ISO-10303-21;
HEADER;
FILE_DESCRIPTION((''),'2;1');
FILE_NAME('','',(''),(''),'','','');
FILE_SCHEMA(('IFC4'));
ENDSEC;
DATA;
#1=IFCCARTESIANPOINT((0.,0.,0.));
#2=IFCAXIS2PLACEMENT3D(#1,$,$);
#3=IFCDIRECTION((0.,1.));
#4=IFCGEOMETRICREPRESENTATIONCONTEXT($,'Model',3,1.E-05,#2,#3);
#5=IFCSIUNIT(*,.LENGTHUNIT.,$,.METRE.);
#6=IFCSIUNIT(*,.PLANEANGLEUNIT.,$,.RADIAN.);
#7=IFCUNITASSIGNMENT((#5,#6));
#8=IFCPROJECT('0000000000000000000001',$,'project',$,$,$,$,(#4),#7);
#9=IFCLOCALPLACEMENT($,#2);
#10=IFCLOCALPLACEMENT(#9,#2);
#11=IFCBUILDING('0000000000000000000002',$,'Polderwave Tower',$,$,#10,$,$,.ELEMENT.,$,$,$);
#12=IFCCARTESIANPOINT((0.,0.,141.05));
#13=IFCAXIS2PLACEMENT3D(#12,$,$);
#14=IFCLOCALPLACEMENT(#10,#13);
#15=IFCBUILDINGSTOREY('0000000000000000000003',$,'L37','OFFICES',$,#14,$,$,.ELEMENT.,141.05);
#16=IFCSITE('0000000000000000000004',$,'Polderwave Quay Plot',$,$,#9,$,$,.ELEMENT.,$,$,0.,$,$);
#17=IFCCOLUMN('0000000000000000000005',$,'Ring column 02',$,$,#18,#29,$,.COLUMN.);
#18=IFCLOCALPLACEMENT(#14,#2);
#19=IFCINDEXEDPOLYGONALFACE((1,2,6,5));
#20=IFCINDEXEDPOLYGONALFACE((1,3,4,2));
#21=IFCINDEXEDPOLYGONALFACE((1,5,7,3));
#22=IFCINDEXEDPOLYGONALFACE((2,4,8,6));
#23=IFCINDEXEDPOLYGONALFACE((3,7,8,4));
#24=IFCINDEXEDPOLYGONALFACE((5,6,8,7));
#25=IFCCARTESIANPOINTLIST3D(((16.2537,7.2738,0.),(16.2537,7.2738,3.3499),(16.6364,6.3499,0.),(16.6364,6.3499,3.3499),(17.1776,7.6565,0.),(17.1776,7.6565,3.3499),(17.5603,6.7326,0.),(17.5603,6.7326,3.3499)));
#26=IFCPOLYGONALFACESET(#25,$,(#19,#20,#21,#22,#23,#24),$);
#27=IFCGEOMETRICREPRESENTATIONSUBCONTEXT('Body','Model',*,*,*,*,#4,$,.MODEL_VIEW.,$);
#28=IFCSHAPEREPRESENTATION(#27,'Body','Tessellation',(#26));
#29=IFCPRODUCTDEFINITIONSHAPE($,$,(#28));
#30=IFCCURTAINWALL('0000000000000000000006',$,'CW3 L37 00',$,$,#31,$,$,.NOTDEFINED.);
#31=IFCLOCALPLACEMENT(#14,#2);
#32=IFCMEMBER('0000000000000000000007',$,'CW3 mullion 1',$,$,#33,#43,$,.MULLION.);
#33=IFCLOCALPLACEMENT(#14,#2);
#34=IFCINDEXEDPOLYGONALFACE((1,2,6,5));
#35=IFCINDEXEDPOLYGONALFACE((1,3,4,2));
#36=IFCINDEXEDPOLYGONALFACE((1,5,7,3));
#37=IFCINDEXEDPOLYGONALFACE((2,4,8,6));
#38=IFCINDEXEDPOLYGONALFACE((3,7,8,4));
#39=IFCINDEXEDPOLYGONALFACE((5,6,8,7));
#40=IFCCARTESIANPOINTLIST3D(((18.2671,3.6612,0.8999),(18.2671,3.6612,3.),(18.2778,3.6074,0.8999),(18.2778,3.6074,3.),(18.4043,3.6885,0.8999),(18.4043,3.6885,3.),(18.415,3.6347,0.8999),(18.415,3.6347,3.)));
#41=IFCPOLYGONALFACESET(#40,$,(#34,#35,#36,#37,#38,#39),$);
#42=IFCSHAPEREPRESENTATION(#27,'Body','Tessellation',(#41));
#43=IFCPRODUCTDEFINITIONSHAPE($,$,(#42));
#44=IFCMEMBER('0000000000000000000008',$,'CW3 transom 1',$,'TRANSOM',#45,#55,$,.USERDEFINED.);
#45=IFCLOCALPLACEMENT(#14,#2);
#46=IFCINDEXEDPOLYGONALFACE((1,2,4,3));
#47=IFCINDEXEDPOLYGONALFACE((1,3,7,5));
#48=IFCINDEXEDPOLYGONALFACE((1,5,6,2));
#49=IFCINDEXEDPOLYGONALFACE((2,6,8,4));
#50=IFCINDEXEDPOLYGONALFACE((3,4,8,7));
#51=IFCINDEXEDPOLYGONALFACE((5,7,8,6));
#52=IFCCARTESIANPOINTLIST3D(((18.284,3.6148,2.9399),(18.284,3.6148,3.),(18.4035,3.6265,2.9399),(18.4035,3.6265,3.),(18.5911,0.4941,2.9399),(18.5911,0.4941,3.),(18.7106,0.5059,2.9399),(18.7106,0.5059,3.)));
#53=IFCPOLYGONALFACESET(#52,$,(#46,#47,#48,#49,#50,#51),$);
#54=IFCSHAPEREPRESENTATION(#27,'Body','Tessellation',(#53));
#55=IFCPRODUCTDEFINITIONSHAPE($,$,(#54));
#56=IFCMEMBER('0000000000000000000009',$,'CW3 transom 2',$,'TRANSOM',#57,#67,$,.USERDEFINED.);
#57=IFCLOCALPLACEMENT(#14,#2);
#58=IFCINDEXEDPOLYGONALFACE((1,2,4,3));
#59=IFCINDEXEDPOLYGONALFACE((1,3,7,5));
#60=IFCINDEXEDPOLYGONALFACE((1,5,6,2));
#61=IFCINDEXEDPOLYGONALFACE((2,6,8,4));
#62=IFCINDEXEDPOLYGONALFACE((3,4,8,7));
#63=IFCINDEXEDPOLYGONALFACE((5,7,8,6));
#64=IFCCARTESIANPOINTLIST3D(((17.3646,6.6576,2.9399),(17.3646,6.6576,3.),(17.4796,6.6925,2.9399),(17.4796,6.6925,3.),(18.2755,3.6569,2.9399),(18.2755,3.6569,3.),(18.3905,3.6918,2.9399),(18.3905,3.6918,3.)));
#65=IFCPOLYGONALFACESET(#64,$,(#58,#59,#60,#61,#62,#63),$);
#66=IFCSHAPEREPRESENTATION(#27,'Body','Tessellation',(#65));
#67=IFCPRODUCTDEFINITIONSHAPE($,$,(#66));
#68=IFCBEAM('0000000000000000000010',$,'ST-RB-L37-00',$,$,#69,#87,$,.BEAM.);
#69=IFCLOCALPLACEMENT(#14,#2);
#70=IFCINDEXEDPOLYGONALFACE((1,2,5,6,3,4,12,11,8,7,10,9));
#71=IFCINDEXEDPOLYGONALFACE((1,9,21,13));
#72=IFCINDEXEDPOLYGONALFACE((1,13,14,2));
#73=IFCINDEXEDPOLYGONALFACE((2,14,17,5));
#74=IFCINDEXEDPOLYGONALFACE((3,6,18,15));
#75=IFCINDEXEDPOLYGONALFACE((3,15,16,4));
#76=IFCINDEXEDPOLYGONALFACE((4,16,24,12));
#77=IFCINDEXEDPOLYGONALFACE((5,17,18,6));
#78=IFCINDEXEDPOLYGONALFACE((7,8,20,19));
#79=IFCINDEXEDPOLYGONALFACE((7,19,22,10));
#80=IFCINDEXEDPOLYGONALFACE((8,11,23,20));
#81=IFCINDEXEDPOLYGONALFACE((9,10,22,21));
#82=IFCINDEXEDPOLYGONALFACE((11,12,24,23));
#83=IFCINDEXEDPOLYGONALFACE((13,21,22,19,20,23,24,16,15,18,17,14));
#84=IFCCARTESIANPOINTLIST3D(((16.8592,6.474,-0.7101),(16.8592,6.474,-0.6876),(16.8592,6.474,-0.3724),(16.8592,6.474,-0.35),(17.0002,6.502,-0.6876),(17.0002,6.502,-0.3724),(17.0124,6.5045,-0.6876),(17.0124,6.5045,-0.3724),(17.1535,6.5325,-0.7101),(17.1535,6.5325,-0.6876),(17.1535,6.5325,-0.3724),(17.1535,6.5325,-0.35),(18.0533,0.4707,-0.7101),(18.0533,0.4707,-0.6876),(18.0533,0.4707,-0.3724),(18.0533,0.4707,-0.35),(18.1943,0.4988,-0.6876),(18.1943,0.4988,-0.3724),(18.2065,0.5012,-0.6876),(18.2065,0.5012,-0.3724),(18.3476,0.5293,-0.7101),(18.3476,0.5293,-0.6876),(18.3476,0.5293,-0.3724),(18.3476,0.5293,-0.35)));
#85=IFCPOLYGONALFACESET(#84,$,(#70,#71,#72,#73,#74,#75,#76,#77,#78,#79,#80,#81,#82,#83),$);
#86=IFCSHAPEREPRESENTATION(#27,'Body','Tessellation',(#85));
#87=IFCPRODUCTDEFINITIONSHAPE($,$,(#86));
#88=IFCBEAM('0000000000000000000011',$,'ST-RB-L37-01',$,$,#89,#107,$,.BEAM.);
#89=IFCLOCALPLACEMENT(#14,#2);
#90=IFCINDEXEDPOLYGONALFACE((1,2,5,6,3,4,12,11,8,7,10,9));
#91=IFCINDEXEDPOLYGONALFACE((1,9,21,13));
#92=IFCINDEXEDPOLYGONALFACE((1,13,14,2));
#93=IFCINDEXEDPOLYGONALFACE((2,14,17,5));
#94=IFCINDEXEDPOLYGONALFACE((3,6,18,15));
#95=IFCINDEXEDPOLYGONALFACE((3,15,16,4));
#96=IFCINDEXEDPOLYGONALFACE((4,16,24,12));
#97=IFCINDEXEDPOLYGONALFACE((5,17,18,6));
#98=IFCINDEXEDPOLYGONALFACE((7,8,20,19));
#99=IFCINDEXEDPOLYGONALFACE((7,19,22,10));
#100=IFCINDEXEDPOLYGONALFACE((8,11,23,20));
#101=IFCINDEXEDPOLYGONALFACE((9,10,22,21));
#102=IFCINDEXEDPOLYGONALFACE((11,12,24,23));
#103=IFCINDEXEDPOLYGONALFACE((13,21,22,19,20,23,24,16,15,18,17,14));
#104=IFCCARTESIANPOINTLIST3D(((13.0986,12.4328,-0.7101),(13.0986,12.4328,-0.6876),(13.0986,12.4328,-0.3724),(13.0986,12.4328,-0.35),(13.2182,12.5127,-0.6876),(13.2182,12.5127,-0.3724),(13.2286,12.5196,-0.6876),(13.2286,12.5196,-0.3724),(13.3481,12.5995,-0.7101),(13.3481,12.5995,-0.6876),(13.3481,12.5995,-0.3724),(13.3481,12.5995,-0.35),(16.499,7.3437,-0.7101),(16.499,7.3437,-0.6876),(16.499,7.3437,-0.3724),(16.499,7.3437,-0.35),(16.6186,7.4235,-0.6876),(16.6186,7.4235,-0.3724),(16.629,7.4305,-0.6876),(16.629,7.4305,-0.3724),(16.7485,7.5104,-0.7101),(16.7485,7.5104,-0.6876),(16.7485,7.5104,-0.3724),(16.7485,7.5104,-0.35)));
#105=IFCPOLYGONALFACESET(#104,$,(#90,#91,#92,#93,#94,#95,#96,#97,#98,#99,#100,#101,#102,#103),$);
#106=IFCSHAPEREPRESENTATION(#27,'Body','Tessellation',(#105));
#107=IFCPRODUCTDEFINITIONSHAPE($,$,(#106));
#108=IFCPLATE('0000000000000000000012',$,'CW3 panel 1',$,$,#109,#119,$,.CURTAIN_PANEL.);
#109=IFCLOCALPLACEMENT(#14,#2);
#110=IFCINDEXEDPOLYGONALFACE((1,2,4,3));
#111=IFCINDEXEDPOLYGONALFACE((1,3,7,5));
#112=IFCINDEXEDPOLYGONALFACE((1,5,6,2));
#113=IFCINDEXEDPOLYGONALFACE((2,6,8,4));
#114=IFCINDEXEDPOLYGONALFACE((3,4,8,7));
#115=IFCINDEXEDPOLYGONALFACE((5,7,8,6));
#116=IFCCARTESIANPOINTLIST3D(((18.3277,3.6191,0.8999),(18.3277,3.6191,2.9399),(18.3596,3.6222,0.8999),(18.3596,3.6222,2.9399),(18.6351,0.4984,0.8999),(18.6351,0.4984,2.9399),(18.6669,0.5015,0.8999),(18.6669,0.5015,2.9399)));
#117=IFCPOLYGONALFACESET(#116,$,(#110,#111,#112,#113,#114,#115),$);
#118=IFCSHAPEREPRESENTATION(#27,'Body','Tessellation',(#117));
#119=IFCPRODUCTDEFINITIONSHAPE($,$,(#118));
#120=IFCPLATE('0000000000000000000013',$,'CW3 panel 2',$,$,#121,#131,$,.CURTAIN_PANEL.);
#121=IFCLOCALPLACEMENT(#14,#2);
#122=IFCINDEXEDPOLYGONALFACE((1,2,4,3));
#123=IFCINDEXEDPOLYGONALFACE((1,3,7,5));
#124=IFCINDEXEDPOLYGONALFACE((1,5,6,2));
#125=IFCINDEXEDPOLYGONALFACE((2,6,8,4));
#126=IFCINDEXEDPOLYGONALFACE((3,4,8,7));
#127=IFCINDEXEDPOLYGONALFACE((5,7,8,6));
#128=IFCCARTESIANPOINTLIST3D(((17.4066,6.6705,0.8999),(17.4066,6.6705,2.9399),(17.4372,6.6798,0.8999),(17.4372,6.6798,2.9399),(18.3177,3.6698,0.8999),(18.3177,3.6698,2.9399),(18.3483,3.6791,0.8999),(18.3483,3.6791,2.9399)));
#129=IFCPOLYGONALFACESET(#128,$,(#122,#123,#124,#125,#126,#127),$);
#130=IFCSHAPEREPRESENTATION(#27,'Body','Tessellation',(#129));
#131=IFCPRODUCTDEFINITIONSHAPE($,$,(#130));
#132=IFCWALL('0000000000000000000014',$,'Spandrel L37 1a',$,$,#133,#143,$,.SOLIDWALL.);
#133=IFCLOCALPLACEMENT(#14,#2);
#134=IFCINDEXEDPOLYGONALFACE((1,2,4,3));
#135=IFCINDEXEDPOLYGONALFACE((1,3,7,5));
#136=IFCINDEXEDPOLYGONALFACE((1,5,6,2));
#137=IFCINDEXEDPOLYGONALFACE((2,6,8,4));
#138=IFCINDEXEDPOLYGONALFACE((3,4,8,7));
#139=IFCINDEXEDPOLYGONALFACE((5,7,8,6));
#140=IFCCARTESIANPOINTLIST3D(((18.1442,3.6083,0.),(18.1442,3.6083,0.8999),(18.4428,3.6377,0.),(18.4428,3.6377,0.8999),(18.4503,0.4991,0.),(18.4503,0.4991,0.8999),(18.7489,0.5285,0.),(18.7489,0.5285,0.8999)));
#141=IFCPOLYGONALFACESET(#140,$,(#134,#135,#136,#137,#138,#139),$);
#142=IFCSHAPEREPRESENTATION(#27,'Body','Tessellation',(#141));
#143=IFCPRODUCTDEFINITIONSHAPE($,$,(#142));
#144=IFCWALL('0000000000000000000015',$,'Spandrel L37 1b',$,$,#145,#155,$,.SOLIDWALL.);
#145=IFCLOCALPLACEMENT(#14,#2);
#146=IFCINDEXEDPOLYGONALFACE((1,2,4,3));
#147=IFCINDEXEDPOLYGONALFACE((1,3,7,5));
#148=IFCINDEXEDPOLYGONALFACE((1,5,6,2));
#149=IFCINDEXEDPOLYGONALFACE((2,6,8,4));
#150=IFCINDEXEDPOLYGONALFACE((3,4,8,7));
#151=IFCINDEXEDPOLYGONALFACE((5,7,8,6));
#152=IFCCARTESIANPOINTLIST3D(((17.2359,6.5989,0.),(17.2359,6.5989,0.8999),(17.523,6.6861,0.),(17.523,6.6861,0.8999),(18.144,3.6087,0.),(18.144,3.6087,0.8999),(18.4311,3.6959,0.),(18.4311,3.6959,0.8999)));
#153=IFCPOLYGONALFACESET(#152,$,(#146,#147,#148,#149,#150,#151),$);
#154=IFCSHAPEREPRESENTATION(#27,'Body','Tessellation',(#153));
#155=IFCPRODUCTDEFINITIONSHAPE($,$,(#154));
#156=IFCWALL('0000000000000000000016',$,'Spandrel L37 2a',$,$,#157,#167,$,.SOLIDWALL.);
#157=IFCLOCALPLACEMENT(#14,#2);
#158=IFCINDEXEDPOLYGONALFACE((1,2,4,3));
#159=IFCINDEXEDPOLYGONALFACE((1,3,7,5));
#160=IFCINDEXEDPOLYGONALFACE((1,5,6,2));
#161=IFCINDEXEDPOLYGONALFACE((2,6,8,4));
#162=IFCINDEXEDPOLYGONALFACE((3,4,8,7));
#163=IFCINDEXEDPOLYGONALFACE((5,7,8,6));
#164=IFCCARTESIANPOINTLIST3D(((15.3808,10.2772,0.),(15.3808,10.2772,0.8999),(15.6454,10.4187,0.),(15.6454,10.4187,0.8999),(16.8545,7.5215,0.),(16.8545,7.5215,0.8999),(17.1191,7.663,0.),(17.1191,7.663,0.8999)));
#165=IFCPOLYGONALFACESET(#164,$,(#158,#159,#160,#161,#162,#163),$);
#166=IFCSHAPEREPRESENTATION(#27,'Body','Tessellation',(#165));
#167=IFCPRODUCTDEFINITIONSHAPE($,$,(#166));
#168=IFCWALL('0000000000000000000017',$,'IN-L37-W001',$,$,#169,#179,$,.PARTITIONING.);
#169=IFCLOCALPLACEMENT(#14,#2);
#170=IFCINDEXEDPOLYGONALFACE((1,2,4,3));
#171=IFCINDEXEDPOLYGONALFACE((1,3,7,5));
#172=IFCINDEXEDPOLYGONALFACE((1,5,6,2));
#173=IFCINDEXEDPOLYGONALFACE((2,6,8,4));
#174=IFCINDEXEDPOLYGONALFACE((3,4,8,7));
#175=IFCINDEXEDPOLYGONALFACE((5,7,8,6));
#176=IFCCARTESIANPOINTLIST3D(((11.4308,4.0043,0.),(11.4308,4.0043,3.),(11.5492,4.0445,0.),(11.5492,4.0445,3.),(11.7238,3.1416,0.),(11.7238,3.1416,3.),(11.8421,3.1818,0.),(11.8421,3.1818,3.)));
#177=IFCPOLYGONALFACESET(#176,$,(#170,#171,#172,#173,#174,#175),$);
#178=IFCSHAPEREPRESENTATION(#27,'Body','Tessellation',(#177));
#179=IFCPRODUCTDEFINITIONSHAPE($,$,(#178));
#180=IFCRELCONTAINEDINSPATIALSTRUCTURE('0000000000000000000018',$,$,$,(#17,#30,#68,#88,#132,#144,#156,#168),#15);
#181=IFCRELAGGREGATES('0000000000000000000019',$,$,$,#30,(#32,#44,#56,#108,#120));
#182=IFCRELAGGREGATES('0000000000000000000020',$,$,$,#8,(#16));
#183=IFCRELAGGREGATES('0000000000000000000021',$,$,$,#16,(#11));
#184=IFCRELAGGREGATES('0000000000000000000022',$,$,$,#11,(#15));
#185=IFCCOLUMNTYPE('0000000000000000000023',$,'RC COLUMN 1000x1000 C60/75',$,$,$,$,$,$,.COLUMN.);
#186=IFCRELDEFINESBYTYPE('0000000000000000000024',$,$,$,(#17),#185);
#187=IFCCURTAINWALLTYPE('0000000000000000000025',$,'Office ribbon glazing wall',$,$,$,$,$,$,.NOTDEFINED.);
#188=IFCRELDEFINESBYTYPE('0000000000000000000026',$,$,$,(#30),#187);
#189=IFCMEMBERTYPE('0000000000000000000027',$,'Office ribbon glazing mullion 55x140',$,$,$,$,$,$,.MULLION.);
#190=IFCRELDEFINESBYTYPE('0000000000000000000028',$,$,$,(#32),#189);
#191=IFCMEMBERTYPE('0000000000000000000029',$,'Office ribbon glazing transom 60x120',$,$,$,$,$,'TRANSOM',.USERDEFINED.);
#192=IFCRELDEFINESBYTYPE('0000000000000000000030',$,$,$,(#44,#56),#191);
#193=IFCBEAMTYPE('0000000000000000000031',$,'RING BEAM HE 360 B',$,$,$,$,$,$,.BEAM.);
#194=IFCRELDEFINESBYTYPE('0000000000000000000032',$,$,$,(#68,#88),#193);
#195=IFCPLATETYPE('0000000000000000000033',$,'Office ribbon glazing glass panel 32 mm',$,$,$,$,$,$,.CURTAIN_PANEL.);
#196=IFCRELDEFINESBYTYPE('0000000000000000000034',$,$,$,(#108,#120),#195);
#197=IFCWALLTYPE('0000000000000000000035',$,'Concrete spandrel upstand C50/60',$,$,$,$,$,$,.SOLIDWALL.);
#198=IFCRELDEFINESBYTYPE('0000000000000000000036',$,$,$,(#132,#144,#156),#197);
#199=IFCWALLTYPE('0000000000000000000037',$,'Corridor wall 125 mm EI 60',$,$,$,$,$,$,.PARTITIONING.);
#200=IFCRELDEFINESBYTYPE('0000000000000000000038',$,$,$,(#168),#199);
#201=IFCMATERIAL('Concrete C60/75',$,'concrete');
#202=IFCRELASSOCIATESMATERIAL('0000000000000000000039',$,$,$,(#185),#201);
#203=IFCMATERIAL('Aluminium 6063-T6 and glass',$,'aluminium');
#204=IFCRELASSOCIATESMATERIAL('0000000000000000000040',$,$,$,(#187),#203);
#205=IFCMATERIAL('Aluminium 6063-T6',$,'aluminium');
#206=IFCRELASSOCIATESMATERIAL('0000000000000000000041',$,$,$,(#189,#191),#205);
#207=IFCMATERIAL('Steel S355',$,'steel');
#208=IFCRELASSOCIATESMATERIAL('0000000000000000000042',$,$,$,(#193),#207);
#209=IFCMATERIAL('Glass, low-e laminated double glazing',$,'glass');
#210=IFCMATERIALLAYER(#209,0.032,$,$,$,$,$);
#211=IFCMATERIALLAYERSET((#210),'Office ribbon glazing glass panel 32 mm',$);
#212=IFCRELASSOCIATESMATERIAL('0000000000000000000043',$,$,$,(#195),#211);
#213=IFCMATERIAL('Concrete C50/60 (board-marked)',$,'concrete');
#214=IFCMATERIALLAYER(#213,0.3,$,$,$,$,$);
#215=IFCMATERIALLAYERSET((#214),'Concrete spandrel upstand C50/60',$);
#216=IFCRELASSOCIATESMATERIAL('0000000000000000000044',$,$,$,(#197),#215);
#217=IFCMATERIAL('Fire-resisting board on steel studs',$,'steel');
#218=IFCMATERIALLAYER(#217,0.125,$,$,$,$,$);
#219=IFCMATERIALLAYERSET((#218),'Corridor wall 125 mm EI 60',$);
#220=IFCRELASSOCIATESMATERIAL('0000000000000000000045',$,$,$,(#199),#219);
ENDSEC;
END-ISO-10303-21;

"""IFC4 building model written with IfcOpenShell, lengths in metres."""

from ifc_helpers import new_model, si_unit, direction, frame, frame_2d, origin, origin_2d, place, context, subcontext, project, spatial, rectangle, i_section, extrude, material, layer, layer_set, material_profile, profile_set, type_object, element, aggregate, save


model = new_model("IFC4")

# Units and contexts
model_context = context("Model", 3, precision=1e-05, world=origin(), true_north=direction((0.0, 1.0)))
body_context = subcontext(model_context, "Body", "Model", "MODEL_VIEW")
ifc_project = project(units=[si_unit("LENGTHUNIT", "METRE"), si_unit("PLANEANGLEUNIT", "RADIAN")], contexts=[model_context])

# Site, building, storey
site_placement = place(None, origin())
site = spatial("IfcSite", under=ifc_project, at=site_placement, Name="Polderwave Quay Plot", CompositionType="ELEMENT", RefElevation=0.0)
building_placement = place(site_placement, origin())
building = spatial("IfcBuilding", under=site, at=building_placement, Name="Polderwave Tower", CompositionType="ELEMENT")
storey_placement = place(building_placement, frame((0.0, 0.0, 141.05)))
storey = spatial("IfcBuildingStorey", under=building, at=storey_placement, Name="L37", Description="OFFICES", CompositionType="ELEMENT", Elevation=141.05)

# Column
ifc_material_1 = material(Name="Concrete C60/75", Category="concrete")
ifc_material_profile_1 = material_profile(ifc_material_1, rectangle(XDim=1.0, YDim=1.0, at=origin_2d()), Name="RC 1000x1000")
ifc_profile_set_1 = profile_set([ifc_material_profile_1], Name="Concrete C60/75")
column_type = type_object("IfcColumnType", Name="RC COLUMN 1000x1000 C60/75", PredefinedType="COLUMN", material=ifc_profile_set_1)
column_placement = place(storey_placement, frame((16.907, 7.0032, 0.0), z_axis=(0.0, 0.0, 1.0), x_axis=(0.92388, 0.382683, 0.0)))
element("IfcColumn", 1, at=column_placement, inside=storey, type_object=column_type, Name="Ring column 02", PredefinedType="COLUMN", context=body_context, shape_type="SweptSolid", body=[
    extrude(rectangle(XDim=1.0, YDim=1.0, at=origin_2d()), origin(), (0.0, 0.0, 1.0), 3.3499),
])

# Curtain wall, members
ifc_material_2 = material(Name="Aluminium 6063-T6 and glass", Category="aluminium")
curtain_wall_type = type_object("IfcCurtainWallType", Name="Office ribbon glazing wall", PredefinedType="NOTDEFINED", material=ifc_material_2)
curtain_wall_placement = place(storey_placement, origin())
curtain_wall = element("IfcCurtainWall", 2, at=curtain_wall_placement, inside=storey, type_object=curtain_wall_type, Name="CW3 L37 00", PredefinedType="NOTDEFINED")
ifc_material_3 = material(Name="Aluminium 6063-T6", Category="aluminium")
ifc_material_profile_2 = material_profile(ifc_material_3, rectangle(XDim=0.1399, YDim=0.0549, at=origin_2d()), Name="AL 55x140")
ifc_profile_set_2 = profile_set([ifc_material_profile_2], Name="Aluminium 6063-T6")
member_type_1 = type_object("IfcMemberType", Name="Office ribbon glazing mullion 55x140", PredefinedType="MULLION", material=ifc_profile_set_2)
member_1_placement = place(storey_placement, frame((18.3411, 3.6479, 0.8999), z_axis=(0.0, 0.0, 1.0), x_axis=(-0.980764, -0.195196, 0.0)))
member_1 = element("IfcMember", 3, at=member_1_placement, type_object=member_type_1, Name="CW3 mullion 1", PredefinedType="MULLION", context=body_context, shape_type="SweptSolid", body=[
    extrude(rectangle(XDim=0.1399, YDim=0.0549, at=origin_2d()), origin(), (0.0, 0.0, 1.0), 2.1001),
])
ifc_material_profile_3 = material_profile(ifc_material_3, rectangle(XDim=0.1201, YDim=0.0601, at=origin_2d()), Name="AL 60x120")
ifc_profile_set_3 = profile_set([ifc_material_profile_3], Name="Aluminium 6063-T6")
member_type_2 = type_object("IfcMemberType", Name="Office ribbon glazing transom 60x120", ElementType="TRANSOM", PredefinedType="USERDEFINED", material=ifc_profile_set_3)
member_2_placement = place(storey_placement, frame((18.6509, 0.5, 2.97), z_axis=(-0.097946, 0.995192, 0.0), x_axis=(-0.995192, -0.097946, 0.0)))
member_2 = element("IfcMember", 4, at=member_2_placement, type_object=member_type_2, Name="CW3 transom 1", ObjectType="TRANSOM", PredefinedType="USERDEFINED", context=body_context, shape_type="SweptSolid", body=[
    extrude(rectangle(XDim=0.1201, YDim=0.0601, at=origin_2d()), origin(), (0.0, 0.0, 1.0), 3.1357),
])
member_3_placement = place(storey_placement, frame((18.333, 3.6743, 2.97), z_axis=(-0.290468, 0.956885, 0.0), x_axis=(-0.956885, -0.290468, 0.0)))
member_3 = element("IfcMember", 5, at=member_3_placement, type_object=member_type_2, Name="CW3 transom 2", ObjectType="TRANSOM", PredefinedType="USERDEFINED", context=body_context, shape_type="SweptSolid", body=[
    extrude(rectangle(XDim=0.1201, YDim=0.0601, at=origin_2d()), origin(), (0.0, 0.0, 1.0), 3.136),
])

# Beams
ifc_material_4 = material(Name="Steel S355", Category="steel")
ifc_material_profile_4 = material_profile(ifc_material_4, i_section(OverallWidth=0.3, OverallDepth=0.3601, WebThickness=0.0125, FlangeThickness=0.0225, at=origin_2d()), Name="HE 360 B")
ifc_profile_set_4 = profile_set([ifc_material_profile_4], Name="Steel S355")
beam_type = type_object("IfcBeamType", Name="RING BEAM HE 360 B", PredefinedType="BEAM", material=ifc_profile_set_4)
beam_1_placement = place(storey_placement, frame((18.2004, 0.5, -0.53), z_axis=(-0.195088, 0.980786, 0.0), x_axis=(-0.980786, -0.195088, 0.0)))
element("IfcBeam", 6, at=beam_1_placement, inside=storey, type_object=beam_type, Name="ST-RB-L37-00", PredefinedType="BEAM", context=body_context, shape_type="SweptSolid", body=[
    extrude(i_section(OverallWidth=0.3, OverallDepth=0.3601, WebThickness=0.0125, FlangeThickness=0.0225, at=origin_2d()), origin(), (0.0, 0.0, 1.0), 6.1208),
])
beam_2_placement = place(storey_placement, frame((16.6238, 7.427, -0.53), z_axis=(-0.555565, 0.831473, 0.0), x_axis=(-0.831473, -0.555565, 0.0)))
element("IfcBeam", 7, at=beam_2_placement, inside=storey, type_object=beam_type, Name="ST-RB-L37-01", PredefinedType="BEAM", context=body_context, shape_type="SweptSolid", body=[
    extrude(i_section(OverallWidth=0.3, OverallDepth=0.3601, WebThickness=0.0125, FlangeThickness=0.0225, at=origin_2d()), origin(), (0.0, 0.0, 1.0), 6.1206),
])

# Plates
ifc_material_5 = material(Name="Glass, low-e laminated double glazing", Category="glass")
ifc_layer_1 = layer(ifc_material_5, 0.032)
ifc_layer_set_1 = layer_set([ifc_layer_1], Name="Office ribbon glazing glass panel 32 mm")
plate_type = type_object("IfcPlateType", Name="Office ribbon glazing glass panel 32 mm", PredefinedType="CURTAIN_PANEL", material=ifc_layer_set_1)
plate_1_placement = place(storey_placement, frame((18.4973, 2.0603, 0.8999), z_axis=(0.0, 0.0, 1.0), x_axis=(-0.098002, 0.995186, 0.0)))
plate_1 = element("IfcPlate", 8, at=plate_1_placement, type_object=plate_type, Name="CW3 panel 1", PredefinedType="CURTAIN_PANEL", context=body_context, shape_type="SweptSolid", body=[
    extrude(rectangle(XDim=3.1357, YDim=0.032, at=origin_2d()), origin(), (0.0, 0.0, 1.0), 2.04),
])
plate_2_placement = place(storey_placement, frame((17.8774, 5.1748, 0.8999), z_axis=(0.0, 0.0, 1.0), x_axis=(-0.290507, 0.956873, 0.0)))
plate_2 = element("IfcPlate", 9, at=plate_2_placement, type_object=plate_type, Name="CW3 panel 2", PredefinedType="CURTAIN_PANEL", context=body_context, shape_type="SweptSolid", body=[
    extrude(rectangle(XDim=3.136, YDim=0.032, at=origin_2d()), origin(), (0.0, 0.0, 1.0), 2.04),
])
aggregate(curtain_wall, [member_1, member_2, member_3, plate_1, plate_2])

# Walls
ifc_material_6 = material(Name="Concrete C50/60 (board-marked)", Category="concrete")
ifc_layer_2 = layer(ifc_material_6, 0.3)
ifc_layer_set_2 = layer_set([ifc_layer_2], Name="Concrete spandrel upstand C50/60")
wall_type_1 = type_object("IfcWallType", Name="Concrete spandrel upstand C50/60", PredefinedType="SOLIDWALL", material=ifc_layer_set_2)
wall_1_placement = place(storey_placement, frame((18.5996, 0.5139, 0.0), z_axis=(0.0, 0.0, 1.0), x_axis=(-0.097995, 0.995187, 0.0)))
element("IfcWall", 10, at=wall_1_placement, inside=storey, type_object=wall_type_1, Name="Spandrel L37 1a", PredefinedType="SOLIDWALL", context=body_context, shape_type="SweptSolid", body=[
    extrude(rectangle(XDim=3.1243, YDim=0.3, at=frame_2d((1.562, 0.0))), origin(), (0.0, 0.0, 1.0), 0.8999),
])
for number, where, z_axis, x_axis, name in (
    (11, (18.2876, 3.6523, 0.0), (0.0, 0.0, 1.0), (-0.290614, 0.95684, 0.0), "Spandrel L37 1b"),
    (12, (16.9868, 7.5923, 0.0), (0.0, 0.0, 1.0), (-0.471577, 0.881825, 0.0), "Spandrel L37 2a"),
):
    element("IfcWall", number, at=place(storey_placement, frame(where, z_axis=z_axis, x_axis=x_axis)), inside=storey, type_object=wall_type_1, Name=name, PredefinedType="SOLIDWALL", context=body_context, shape_type="SweptSolid", body=[
        extrude(rectangle(XDim=3.125, YDim=0.3, at=frame_2d((1.5625, 0.0))), origin(), (0.0, 0.0, 1.0), 0.8999),
    ])
ifc_material_7 = material(Name="Fire-resisting board on steel studs", Category="steel")
ifc_layer_3 = layer(ifc_material_7, 0.125)
ifc_layer_set_3 = layer_set([ifc_layer_3], Name="Corridor wall 125 mm EI 60")
wall_type_2 = type_object("IfcWallType", Name="Corridor wall 125 mm EI 60", PredefinedType="PARTITIONING", material=ifc_layer_set_3)
wall_2_placement = place(storey_placement, frame((11.49, 4.0244, 0.0), z_axis=(0.0, 0.0, 1.0), x_axis=(0.321528, -0.9469, 0.0)))
element("IfcWall", 13, at=wall_2_placement, inside=storey, type_object=wall_type_2, Name="IN-L37-W001", PredefinedType="PARTITIONING", context=body_context, shape_type="SweptSolid", body=[
    extrude(rectangle(XDim=0.9111, YDim=0.125, at=frame_2d((0.4556, 0.0))), origin(), (0.0, 0.0, 1.0), 3.0),
])

save(model, "model.ifc")
